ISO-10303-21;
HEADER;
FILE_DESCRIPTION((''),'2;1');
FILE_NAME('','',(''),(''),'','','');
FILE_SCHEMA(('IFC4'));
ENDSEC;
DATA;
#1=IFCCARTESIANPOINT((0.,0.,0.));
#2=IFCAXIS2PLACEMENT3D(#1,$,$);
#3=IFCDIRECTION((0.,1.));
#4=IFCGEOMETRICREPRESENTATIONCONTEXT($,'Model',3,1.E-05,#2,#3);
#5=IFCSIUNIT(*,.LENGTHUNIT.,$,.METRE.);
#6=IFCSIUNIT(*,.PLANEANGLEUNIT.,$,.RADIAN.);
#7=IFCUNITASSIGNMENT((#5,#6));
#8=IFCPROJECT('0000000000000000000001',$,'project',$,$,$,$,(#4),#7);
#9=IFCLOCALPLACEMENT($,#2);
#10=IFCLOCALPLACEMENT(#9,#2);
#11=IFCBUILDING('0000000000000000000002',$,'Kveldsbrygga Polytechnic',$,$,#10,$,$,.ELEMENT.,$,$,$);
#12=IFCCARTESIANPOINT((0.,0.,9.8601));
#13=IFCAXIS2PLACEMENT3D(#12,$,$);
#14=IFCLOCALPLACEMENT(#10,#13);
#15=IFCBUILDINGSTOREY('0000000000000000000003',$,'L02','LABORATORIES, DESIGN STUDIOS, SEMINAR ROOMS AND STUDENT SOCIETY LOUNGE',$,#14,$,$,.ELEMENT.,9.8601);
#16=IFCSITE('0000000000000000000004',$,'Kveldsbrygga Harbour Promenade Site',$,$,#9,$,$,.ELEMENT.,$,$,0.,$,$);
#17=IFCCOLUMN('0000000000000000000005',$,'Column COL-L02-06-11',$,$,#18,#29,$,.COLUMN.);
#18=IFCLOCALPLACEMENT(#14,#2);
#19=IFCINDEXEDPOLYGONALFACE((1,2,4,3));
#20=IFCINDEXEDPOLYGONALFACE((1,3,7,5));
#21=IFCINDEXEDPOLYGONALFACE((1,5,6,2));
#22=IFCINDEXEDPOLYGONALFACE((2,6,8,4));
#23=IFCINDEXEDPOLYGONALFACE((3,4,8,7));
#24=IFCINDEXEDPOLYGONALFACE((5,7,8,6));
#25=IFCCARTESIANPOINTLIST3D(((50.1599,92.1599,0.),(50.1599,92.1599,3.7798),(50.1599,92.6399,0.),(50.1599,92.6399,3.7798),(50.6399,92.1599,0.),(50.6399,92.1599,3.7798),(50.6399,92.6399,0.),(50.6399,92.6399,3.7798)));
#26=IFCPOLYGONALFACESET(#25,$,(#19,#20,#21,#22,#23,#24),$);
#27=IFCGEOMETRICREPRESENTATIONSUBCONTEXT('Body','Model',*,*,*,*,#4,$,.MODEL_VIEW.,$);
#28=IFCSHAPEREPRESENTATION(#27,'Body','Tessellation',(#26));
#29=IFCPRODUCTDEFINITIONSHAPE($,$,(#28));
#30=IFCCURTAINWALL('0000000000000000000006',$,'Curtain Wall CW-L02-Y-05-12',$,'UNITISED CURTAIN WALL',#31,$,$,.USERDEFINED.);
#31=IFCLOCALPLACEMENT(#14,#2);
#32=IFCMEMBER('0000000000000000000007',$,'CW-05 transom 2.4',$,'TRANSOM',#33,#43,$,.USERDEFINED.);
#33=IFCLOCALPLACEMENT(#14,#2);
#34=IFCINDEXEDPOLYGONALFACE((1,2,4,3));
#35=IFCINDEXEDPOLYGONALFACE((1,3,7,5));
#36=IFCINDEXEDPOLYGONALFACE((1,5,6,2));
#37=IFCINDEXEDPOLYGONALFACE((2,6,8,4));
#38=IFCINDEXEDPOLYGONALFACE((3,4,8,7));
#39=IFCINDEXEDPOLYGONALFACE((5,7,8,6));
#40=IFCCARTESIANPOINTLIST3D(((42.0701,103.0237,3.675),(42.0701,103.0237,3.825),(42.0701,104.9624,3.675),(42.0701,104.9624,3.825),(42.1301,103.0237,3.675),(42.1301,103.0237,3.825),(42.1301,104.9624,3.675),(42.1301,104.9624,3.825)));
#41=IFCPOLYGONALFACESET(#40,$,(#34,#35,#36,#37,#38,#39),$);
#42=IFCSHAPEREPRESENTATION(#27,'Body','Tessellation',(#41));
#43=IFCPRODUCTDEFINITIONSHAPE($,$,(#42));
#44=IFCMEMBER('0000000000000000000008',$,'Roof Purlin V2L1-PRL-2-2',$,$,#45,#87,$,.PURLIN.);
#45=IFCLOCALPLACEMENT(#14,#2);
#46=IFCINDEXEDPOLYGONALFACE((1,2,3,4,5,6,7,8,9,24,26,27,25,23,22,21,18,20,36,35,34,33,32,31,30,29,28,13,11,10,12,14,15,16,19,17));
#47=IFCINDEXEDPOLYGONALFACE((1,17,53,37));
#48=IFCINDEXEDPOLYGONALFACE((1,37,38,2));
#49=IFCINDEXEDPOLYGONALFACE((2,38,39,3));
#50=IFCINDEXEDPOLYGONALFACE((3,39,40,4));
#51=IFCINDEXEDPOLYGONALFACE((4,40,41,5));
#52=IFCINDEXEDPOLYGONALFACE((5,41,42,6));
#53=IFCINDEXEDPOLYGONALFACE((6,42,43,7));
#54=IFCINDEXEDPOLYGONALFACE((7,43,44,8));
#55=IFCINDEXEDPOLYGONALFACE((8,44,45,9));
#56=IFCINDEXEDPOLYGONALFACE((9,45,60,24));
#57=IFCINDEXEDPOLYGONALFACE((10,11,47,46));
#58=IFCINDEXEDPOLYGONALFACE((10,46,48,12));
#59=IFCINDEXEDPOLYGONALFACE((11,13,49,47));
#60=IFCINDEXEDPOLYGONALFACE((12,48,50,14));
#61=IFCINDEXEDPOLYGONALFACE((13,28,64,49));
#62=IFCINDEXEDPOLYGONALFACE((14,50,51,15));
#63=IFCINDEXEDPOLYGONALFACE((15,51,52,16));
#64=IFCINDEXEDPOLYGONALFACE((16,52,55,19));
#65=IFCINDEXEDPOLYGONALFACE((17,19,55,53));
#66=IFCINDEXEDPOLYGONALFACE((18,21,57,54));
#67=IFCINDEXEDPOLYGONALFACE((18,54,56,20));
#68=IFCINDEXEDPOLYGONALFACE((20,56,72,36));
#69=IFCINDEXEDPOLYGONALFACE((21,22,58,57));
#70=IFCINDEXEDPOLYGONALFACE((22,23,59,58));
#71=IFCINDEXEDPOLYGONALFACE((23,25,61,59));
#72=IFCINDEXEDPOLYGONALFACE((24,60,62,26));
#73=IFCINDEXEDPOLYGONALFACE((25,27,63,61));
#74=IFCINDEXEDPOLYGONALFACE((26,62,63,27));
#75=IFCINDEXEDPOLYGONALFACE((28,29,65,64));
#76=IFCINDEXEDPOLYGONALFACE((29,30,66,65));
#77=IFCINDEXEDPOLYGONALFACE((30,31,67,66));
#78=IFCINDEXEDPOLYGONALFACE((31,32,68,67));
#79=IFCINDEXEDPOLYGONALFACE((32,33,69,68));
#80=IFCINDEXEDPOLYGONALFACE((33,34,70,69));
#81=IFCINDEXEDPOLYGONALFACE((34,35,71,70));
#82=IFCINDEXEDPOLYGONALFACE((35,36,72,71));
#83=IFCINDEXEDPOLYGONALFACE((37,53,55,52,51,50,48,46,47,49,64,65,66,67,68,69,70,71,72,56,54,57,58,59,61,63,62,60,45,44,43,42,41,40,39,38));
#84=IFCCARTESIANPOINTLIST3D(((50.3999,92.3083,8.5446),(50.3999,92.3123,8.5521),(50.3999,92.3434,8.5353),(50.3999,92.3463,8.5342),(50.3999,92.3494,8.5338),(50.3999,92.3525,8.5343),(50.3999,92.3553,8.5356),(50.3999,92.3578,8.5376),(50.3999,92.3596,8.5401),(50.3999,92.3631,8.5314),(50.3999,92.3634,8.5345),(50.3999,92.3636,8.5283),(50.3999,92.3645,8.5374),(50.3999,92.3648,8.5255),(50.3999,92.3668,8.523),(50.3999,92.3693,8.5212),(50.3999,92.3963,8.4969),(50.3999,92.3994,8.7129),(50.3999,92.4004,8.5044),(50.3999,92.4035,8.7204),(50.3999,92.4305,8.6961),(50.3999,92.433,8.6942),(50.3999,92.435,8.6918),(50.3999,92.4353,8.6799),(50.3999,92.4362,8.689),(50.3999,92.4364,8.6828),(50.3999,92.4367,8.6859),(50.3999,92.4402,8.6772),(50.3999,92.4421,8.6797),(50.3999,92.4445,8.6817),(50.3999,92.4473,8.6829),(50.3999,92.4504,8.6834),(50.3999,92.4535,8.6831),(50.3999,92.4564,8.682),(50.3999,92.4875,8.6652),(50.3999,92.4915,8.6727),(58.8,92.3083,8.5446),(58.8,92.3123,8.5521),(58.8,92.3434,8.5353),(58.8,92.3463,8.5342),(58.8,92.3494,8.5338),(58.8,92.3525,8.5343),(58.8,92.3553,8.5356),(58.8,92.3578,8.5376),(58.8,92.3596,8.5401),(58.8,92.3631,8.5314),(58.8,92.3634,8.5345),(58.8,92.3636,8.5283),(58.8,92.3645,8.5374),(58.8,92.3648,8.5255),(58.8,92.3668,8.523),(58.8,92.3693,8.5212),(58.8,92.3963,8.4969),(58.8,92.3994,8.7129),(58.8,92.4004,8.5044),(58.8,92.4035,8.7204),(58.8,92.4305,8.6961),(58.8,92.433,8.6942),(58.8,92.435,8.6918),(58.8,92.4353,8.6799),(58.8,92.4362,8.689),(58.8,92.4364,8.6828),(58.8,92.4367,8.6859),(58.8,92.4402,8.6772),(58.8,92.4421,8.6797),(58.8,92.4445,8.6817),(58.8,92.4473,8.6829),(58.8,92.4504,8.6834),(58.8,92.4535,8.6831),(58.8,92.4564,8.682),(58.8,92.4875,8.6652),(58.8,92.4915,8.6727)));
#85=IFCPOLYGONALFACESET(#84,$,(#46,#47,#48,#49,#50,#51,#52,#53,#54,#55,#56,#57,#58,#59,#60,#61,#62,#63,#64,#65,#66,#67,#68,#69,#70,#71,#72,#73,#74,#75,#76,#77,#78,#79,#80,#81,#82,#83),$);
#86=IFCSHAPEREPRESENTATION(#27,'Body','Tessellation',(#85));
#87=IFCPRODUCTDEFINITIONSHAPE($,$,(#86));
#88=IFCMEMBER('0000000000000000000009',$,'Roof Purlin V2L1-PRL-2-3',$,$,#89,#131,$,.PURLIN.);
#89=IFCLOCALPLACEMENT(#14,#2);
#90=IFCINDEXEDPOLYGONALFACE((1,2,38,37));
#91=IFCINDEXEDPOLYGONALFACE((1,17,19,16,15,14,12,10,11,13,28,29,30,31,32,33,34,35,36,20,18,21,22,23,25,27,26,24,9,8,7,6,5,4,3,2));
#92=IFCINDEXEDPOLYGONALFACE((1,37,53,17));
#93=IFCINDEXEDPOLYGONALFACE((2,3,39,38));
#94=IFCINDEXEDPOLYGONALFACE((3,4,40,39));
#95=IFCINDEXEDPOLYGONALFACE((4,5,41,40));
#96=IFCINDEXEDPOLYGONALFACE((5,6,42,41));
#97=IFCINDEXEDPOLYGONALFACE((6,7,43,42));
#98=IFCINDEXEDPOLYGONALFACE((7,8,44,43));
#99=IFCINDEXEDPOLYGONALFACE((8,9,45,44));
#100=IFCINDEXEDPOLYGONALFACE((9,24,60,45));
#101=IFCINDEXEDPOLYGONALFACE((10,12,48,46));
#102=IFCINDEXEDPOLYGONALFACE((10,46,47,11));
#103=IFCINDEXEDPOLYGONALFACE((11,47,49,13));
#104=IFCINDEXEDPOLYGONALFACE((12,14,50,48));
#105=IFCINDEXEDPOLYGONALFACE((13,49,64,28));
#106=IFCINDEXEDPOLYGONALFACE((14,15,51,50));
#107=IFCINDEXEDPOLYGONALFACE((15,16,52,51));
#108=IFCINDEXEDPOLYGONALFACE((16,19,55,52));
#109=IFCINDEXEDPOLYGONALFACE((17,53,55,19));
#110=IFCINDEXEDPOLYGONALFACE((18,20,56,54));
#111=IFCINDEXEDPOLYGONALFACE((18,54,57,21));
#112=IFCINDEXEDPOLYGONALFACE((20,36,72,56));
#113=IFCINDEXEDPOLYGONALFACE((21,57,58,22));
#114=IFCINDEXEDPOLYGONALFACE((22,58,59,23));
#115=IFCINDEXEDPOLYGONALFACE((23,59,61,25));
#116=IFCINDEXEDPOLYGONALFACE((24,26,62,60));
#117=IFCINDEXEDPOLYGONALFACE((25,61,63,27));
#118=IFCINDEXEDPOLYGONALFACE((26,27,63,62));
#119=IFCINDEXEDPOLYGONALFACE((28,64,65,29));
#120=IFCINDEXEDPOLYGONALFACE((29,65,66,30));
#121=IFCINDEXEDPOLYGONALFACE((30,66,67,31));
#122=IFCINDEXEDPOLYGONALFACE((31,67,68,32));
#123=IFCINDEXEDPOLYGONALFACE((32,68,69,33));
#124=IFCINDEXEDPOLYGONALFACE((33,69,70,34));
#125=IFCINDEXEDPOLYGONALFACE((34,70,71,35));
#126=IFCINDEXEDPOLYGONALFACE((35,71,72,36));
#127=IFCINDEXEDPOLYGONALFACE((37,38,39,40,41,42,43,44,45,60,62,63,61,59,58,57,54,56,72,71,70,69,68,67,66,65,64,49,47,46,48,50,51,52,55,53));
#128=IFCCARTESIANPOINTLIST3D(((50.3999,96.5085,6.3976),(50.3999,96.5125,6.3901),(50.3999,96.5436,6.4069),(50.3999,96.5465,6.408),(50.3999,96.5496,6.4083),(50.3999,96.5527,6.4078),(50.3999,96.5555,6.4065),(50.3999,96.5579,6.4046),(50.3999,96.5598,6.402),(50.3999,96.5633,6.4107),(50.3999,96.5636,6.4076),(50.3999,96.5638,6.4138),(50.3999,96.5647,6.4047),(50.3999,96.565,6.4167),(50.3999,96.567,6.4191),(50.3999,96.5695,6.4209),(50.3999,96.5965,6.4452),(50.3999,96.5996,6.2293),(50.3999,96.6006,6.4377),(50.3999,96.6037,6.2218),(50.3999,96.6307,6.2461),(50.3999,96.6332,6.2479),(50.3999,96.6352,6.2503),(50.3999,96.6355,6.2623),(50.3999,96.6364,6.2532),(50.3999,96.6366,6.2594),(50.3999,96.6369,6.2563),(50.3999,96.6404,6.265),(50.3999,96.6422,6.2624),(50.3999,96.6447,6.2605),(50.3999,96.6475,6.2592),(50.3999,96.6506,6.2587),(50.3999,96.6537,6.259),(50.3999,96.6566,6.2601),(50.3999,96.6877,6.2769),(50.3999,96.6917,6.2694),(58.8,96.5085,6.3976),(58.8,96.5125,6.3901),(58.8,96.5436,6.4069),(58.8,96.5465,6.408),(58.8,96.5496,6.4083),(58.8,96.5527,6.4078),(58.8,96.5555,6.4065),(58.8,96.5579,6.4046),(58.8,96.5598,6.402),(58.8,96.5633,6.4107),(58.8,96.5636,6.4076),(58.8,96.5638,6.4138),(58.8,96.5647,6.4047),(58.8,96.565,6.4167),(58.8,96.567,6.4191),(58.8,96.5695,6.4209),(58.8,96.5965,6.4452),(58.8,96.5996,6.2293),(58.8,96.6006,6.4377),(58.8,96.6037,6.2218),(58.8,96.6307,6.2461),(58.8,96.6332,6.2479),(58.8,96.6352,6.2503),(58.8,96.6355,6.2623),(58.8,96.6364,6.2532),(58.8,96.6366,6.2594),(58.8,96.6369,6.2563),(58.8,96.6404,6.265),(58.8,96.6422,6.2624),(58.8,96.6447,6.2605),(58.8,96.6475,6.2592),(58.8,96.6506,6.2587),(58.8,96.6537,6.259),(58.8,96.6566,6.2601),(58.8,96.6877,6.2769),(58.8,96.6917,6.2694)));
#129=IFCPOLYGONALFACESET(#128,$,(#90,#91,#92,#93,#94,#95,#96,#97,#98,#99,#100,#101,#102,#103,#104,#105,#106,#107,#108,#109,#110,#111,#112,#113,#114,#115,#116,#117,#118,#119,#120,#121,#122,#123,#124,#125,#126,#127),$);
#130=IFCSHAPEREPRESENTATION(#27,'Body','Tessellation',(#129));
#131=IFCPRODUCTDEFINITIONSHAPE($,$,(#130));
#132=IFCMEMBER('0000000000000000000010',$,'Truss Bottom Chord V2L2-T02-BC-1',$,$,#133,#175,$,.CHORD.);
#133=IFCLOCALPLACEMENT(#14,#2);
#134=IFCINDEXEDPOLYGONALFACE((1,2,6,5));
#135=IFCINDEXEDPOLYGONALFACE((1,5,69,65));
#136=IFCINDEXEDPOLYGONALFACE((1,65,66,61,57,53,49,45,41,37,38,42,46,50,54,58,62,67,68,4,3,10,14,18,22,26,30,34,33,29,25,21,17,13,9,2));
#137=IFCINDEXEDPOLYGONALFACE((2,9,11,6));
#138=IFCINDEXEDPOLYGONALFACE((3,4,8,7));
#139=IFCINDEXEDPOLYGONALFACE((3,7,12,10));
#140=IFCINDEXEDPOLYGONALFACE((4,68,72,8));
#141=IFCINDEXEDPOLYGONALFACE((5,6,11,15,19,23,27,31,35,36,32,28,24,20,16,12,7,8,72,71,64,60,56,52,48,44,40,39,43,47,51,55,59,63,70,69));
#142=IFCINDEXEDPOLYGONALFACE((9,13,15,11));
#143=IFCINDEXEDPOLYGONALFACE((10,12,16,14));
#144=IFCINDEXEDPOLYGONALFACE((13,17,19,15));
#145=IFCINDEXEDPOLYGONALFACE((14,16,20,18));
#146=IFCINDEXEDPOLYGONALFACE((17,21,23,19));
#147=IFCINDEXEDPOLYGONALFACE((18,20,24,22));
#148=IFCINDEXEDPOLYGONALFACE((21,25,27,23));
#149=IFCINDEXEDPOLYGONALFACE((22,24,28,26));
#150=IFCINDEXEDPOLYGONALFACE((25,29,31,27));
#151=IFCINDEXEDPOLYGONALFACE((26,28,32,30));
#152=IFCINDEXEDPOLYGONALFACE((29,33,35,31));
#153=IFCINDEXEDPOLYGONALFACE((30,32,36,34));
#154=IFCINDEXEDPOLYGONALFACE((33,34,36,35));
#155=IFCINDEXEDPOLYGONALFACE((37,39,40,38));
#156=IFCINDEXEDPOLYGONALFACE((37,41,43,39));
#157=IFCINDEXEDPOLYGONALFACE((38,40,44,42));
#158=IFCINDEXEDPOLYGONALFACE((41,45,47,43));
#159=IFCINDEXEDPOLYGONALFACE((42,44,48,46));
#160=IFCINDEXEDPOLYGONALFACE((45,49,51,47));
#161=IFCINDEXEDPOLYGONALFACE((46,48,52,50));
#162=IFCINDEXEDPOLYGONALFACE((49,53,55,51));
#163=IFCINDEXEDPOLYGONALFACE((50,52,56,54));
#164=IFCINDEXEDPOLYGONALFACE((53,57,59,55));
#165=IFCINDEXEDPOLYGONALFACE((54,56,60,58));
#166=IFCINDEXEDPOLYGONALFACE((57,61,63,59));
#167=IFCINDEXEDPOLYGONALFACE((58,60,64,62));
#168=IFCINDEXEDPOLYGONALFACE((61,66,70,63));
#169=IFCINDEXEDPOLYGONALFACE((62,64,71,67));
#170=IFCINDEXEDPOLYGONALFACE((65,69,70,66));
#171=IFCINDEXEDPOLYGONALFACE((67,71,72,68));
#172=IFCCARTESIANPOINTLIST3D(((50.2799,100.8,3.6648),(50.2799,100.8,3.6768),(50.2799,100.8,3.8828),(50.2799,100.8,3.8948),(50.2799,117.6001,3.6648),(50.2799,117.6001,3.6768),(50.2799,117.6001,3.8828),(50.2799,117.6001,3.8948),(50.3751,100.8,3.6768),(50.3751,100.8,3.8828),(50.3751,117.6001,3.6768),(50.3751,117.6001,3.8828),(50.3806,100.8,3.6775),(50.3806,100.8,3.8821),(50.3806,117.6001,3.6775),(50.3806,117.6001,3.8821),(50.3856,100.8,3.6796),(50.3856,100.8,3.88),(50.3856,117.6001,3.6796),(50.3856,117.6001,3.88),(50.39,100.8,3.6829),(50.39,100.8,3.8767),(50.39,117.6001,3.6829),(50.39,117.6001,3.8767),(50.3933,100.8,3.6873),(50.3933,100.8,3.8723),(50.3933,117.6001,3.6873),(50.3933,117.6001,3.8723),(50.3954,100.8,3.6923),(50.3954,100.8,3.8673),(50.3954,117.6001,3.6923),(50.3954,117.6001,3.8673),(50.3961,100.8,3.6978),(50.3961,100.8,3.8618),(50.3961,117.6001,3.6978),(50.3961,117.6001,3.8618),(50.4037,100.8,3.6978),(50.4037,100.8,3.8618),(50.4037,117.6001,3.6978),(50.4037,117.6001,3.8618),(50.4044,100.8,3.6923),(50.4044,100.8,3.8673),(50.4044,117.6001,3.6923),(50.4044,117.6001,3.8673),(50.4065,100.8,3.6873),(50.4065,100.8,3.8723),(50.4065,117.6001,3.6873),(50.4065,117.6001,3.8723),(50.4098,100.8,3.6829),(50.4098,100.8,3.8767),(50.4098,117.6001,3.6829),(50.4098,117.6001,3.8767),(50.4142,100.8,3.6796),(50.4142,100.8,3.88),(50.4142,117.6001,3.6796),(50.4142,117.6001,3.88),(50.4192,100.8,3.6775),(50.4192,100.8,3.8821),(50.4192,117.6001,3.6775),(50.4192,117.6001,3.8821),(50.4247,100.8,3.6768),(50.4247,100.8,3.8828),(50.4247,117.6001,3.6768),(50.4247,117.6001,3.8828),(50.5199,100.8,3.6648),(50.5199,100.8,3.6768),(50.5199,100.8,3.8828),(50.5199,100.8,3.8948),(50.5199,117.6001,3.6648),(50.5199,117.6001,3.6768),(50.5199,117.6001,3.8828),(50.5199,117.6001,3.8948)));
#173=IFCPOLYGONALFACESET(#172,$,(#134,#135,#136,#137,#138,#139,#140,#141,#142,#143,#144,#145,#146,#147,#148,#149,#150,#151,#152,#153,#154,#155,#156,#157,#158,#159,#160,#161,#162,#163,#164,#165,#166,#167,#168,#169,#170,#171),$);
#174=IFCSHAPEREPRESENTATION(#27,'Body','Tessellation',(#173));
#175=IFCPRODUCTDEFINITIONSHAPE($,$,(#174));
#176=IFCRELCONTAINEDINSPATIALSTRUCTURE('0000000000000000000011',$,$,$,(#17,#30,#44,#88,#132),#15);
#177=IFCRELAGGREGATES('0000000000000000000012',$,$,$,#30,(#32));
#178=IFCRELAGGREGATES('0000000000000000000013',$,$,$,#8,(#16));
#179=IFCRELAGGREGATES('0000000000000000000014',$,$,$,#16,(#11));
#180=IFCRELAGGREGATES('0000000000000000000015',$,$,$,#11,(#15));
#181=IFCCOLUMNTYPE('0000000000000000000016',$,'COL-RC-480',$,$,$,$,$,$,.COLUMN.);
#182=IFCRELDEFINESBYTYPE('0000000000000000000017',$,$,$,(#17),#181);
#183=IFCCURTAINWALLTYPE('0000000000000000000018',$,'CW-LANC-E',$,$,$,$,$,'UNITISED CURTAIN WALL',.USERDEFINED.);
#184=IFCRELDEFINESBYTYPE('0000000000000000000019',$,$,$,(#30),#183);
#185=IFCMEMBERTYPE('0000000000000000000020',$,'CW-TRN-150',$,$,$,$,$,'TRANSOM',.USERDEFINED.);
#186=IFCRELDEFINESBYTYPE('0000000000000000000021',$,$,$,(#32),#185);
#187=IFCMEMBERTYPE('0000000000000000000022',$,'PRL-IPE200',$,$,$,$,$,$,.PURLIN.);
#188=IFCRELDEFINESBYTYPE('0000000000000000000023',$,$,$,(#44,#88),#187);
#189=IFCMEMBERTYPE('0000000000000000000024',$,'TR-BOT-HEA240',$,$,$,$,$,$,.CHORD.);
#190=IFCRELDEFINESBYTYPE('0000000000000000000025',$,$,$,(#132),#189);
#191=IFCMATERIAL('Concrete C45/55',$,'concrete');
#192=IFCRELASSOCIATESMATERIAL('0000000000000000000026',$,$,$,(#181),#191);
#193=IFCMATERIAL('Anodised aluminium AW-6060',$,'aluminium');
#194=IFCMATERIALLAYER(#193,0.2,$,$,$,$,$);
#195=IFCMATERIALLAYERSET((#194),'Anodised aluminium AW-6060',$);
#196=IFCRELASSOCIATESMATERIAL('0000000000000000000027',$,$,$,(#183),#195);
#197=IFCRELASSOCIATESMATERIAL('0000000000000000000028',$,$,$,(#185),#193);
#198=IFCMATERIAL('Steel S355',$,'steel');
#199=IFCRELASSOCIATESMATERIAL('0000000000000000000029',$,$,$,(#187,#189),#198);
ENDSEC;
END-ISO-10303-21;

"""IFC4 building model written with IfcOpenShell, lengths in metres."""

from ifc_helpers import new_model, si_unit, direction, frame, origin, origin_2d, place, context, subcontext, project, spatial, rectangle, i_section, extrude, material, layer, layer_set, material_profile, profile_set, type_object, element, aggregate, save


model = new_model("IFC4")

# Units and contexts
model_context = context("Model", 3, precision=1e-05, world=origin(), true_north=direction((0.0, 1.0)))
body_context = subcontext(model_context, "Body", "Model", "MODEL_VIEW")
ifc_project = project(units=[si_unit("LENGTHUNIT", "METRE"), si_unit("PLANEANGLEUNIT", "RADIAN")], contexts=[model_context])

# Site, building, storey
site_placement = place(None, origin())
site = spatial("IfcSite", under=ifc_project, at=site_placement, Name="Kveldsbrygga Harbour Promenade Site", CompositionType="ELEMENT", RefElevation=0.0)
building_placement = place(site_placement, origin())
building = spatial("IfcBuilding", under=site, at=building_placement, Name="Kveldsbrygga Polytechnic", CompositionType="ELEMENT")
storey_placement = place(building_placement, frame((0.0, 0.0, 9.8601)))
storey = spatial("IfcBuildingStorey", under=building, at=storey_placement, Name="L02", Description="LABORATORIES, DESIGN STUDIOS, SEMINAR ROOMS AND STUDENT SOCIETY LOUNGE", CompositionType="ELEMENT", Elevation=9.8601)

# Column
ifc_material_1 = material(Name="Concrete C45/55", Category="concrete")
ifc_material_profile_1 = material_profile(ifc_material_1, rectangle(XDim=0.48, YDim=0.48, at=origin_2d()), Name="RC 480x480")
ifc_profile_set_1 = profile_set([ifc_material_profile_1], Name="Concrete C45/55")
column_type = type_object("IfcColumnType", Name="COL-RC-480", PredefinedType="COLUMN", material=ifc_profile_set_1)
column_placement = place(storey_placement, frame((50.3999, 92.3999, 0.0), z_axis=(0.0, 0.0, 1.0), x_axis=(1.0, 0.0, 0.0)))
element("IfcColumn", 1, at=column_placement, inside=storey, type_object=column_type, Name="Column COL-L02-06-11", PredefinedType="COLUMN", context=body_context, shape_type="SweptSolid", body=[
    extrude(rectangle(XDim=0.48, YDim=0.48, at=origin_2d()), origin(), (0.0, 0.0, 1.0), 3.7798),
])

# Curtain wall, member
ifc_material_2 = material(Name="Anodised aluminium AW-6060", Category="aluminium")
ifc_layer_1 = layer(ifc_material_2, 0.2)
ifc_layer_set_1 = layer_set([ifc_layer_1], Name="Anodised aluminium AW-6060")
curtain_wall_type = type_object("IfcCurtainWallType", Name="CW-LANC-E", ElementType="UNITISED CURTAIN WALL", PredefinedType="USERDEFINED", material=ifc_layer_set_1)
curtain_wall_placement = place(storey_placement, origin())
curtain_wall = element("IfcCurtainWall", 2, at=curtain_wall_placement, inside=storey, type_object=curtain_wall_type, Name="Curtain Wall CW-L02-Y-05-12", ObjectType="UNITISED CURTAIN WALL", PredefinedType="USERDEFINED")
ifc_material_profile_2 = material_profile(ifc_material_2, rectangle(XDim=0.0601, YDim=0.1499, at=origin_2d()), Name="ALU 60x150")
ifc_profile_set_2 = profile_set([ifc_material_profile_2], Name="Anodised aluminium AW-6060")
member_type_1 = type_object("IfcMemberType", Name="CW-TRN-150", ElementType="TRANSOM", PredefinedType="USERDEFINED", material=ifc_profile_set_2)
member_1_placement = place(storey_placement, frame((42.1001, 103.0237, 3.75), z_axis=(0.0, 1.0, 0.0), x_axis=(-1.0, 0.0, 0.0)))
member_1 = element("IfcMember", 3, at=member_1_placement, type_object=member_type_1, Name="CW-05 transom 2.4", ObjectType="TRANSOM", PredefinedType="USERDEFINED", context=body_context, shape_type="SweptSolid", body=[
    extrude(rectangle(XDim=0.0601, YDim=0.1499, at=origin_2d()), origin(), (0.0, 0.0, 1.0), 1.9387),
])

# Members
ifc_material_3 = material(Name="Steel S355", Category="steel")
ifc_material_profile_3 = material_profile(ifc_material_3, i_section(OverallWidth=0.1001, OverallDepth=0.2, WebThickness=0.0056, FlangeThickness=0.0085, FilletRadius=0.012, at=origin_2d()), Name="IPE 200")
ifc_profile_set_3 = profile_set([ifc_material_profile_3], Name="Steel S355")
member_type_2 = type_object("IfcMemberType", Name="PRL-IPE200", PredefinedType="PURLIN", material=ifc_profile_set_3)
for number, where, z_axis, x_axis, name in (
    (4, (50.3999, 92.3999, 8.6086), (1.0, 0.0, 0.0), (0.0, 0.879292, -0.476283), "Roof Purlin V2L1-PRL-2-2"),
    (5, (50.3999, 96.6001, 6.3335), (1.0, 0.0, 0.0), (0.0, 0.879292, 0.476283), "Roof Purlin V2L1-PRL-2-3"),
):
    element("IfcMember", number, at=place(storey_placement, frame(where, z_axis=z_axis, x_axis=x_axis)), inside=storey, type_object=member_type_2, Name=name, PredefinedType="PURLIN", context=body_context, shape_type="SweptSolid", body=[
        extrude(i_section(OverallWidth=0.1001, OverallDepth=0.2, WebThickness=0.0056, FlangeThickness=0.0085, FilletRadius=0.012, at=origin_2d()), origin(), (0.0, 0.0, 1.0), 8.4001),
    ])
ifc_material_profile_4 = material_profile(ifc_material_3, i_section(OverallWidth=0.24, OverallDepth=0.23, WebThickness=0.0076, FlangeThickness=0.012, FilletRadius=0.021, at=origin_2d()), Name="HEA 240")
ifc_profile_set_4 = profile_set([ifc_material_profile_4], Name="Steel S355")
member_type_3 = type_object("IfcMemberType", Name="TR-BOT-HEA240", PredefinedType="CHORD", material=ifc_profile_set_4)
member_2_placement = place(storey_placement, frame((50.3999, 100.8, 3.7798), z_axis=(0.0, 1.0, 0.0), x_axis=(-1.0, 0.0, 0.0)))
element("IfcMember", 6, at=member_2_placement, inside=storey, type_object=member_type_3, Name="Truss Bottom Chord V2L2-T02-BC-1", PredefinedType="CHORD", context=body_context, shape_type="SweptSolid", body=[
    extrude(i_section(OverallWidth=0.24, OverallDepth=0.23, WebThickness=0.0076, FlangeThickness=0.012, FilletRadius=0.021, at=origin_2d()), origin(), (0.0, 0.0, 1.0), 16.8),
])

aggregate(curtain_wall, [member_1])

save(model, "model.ifc")
